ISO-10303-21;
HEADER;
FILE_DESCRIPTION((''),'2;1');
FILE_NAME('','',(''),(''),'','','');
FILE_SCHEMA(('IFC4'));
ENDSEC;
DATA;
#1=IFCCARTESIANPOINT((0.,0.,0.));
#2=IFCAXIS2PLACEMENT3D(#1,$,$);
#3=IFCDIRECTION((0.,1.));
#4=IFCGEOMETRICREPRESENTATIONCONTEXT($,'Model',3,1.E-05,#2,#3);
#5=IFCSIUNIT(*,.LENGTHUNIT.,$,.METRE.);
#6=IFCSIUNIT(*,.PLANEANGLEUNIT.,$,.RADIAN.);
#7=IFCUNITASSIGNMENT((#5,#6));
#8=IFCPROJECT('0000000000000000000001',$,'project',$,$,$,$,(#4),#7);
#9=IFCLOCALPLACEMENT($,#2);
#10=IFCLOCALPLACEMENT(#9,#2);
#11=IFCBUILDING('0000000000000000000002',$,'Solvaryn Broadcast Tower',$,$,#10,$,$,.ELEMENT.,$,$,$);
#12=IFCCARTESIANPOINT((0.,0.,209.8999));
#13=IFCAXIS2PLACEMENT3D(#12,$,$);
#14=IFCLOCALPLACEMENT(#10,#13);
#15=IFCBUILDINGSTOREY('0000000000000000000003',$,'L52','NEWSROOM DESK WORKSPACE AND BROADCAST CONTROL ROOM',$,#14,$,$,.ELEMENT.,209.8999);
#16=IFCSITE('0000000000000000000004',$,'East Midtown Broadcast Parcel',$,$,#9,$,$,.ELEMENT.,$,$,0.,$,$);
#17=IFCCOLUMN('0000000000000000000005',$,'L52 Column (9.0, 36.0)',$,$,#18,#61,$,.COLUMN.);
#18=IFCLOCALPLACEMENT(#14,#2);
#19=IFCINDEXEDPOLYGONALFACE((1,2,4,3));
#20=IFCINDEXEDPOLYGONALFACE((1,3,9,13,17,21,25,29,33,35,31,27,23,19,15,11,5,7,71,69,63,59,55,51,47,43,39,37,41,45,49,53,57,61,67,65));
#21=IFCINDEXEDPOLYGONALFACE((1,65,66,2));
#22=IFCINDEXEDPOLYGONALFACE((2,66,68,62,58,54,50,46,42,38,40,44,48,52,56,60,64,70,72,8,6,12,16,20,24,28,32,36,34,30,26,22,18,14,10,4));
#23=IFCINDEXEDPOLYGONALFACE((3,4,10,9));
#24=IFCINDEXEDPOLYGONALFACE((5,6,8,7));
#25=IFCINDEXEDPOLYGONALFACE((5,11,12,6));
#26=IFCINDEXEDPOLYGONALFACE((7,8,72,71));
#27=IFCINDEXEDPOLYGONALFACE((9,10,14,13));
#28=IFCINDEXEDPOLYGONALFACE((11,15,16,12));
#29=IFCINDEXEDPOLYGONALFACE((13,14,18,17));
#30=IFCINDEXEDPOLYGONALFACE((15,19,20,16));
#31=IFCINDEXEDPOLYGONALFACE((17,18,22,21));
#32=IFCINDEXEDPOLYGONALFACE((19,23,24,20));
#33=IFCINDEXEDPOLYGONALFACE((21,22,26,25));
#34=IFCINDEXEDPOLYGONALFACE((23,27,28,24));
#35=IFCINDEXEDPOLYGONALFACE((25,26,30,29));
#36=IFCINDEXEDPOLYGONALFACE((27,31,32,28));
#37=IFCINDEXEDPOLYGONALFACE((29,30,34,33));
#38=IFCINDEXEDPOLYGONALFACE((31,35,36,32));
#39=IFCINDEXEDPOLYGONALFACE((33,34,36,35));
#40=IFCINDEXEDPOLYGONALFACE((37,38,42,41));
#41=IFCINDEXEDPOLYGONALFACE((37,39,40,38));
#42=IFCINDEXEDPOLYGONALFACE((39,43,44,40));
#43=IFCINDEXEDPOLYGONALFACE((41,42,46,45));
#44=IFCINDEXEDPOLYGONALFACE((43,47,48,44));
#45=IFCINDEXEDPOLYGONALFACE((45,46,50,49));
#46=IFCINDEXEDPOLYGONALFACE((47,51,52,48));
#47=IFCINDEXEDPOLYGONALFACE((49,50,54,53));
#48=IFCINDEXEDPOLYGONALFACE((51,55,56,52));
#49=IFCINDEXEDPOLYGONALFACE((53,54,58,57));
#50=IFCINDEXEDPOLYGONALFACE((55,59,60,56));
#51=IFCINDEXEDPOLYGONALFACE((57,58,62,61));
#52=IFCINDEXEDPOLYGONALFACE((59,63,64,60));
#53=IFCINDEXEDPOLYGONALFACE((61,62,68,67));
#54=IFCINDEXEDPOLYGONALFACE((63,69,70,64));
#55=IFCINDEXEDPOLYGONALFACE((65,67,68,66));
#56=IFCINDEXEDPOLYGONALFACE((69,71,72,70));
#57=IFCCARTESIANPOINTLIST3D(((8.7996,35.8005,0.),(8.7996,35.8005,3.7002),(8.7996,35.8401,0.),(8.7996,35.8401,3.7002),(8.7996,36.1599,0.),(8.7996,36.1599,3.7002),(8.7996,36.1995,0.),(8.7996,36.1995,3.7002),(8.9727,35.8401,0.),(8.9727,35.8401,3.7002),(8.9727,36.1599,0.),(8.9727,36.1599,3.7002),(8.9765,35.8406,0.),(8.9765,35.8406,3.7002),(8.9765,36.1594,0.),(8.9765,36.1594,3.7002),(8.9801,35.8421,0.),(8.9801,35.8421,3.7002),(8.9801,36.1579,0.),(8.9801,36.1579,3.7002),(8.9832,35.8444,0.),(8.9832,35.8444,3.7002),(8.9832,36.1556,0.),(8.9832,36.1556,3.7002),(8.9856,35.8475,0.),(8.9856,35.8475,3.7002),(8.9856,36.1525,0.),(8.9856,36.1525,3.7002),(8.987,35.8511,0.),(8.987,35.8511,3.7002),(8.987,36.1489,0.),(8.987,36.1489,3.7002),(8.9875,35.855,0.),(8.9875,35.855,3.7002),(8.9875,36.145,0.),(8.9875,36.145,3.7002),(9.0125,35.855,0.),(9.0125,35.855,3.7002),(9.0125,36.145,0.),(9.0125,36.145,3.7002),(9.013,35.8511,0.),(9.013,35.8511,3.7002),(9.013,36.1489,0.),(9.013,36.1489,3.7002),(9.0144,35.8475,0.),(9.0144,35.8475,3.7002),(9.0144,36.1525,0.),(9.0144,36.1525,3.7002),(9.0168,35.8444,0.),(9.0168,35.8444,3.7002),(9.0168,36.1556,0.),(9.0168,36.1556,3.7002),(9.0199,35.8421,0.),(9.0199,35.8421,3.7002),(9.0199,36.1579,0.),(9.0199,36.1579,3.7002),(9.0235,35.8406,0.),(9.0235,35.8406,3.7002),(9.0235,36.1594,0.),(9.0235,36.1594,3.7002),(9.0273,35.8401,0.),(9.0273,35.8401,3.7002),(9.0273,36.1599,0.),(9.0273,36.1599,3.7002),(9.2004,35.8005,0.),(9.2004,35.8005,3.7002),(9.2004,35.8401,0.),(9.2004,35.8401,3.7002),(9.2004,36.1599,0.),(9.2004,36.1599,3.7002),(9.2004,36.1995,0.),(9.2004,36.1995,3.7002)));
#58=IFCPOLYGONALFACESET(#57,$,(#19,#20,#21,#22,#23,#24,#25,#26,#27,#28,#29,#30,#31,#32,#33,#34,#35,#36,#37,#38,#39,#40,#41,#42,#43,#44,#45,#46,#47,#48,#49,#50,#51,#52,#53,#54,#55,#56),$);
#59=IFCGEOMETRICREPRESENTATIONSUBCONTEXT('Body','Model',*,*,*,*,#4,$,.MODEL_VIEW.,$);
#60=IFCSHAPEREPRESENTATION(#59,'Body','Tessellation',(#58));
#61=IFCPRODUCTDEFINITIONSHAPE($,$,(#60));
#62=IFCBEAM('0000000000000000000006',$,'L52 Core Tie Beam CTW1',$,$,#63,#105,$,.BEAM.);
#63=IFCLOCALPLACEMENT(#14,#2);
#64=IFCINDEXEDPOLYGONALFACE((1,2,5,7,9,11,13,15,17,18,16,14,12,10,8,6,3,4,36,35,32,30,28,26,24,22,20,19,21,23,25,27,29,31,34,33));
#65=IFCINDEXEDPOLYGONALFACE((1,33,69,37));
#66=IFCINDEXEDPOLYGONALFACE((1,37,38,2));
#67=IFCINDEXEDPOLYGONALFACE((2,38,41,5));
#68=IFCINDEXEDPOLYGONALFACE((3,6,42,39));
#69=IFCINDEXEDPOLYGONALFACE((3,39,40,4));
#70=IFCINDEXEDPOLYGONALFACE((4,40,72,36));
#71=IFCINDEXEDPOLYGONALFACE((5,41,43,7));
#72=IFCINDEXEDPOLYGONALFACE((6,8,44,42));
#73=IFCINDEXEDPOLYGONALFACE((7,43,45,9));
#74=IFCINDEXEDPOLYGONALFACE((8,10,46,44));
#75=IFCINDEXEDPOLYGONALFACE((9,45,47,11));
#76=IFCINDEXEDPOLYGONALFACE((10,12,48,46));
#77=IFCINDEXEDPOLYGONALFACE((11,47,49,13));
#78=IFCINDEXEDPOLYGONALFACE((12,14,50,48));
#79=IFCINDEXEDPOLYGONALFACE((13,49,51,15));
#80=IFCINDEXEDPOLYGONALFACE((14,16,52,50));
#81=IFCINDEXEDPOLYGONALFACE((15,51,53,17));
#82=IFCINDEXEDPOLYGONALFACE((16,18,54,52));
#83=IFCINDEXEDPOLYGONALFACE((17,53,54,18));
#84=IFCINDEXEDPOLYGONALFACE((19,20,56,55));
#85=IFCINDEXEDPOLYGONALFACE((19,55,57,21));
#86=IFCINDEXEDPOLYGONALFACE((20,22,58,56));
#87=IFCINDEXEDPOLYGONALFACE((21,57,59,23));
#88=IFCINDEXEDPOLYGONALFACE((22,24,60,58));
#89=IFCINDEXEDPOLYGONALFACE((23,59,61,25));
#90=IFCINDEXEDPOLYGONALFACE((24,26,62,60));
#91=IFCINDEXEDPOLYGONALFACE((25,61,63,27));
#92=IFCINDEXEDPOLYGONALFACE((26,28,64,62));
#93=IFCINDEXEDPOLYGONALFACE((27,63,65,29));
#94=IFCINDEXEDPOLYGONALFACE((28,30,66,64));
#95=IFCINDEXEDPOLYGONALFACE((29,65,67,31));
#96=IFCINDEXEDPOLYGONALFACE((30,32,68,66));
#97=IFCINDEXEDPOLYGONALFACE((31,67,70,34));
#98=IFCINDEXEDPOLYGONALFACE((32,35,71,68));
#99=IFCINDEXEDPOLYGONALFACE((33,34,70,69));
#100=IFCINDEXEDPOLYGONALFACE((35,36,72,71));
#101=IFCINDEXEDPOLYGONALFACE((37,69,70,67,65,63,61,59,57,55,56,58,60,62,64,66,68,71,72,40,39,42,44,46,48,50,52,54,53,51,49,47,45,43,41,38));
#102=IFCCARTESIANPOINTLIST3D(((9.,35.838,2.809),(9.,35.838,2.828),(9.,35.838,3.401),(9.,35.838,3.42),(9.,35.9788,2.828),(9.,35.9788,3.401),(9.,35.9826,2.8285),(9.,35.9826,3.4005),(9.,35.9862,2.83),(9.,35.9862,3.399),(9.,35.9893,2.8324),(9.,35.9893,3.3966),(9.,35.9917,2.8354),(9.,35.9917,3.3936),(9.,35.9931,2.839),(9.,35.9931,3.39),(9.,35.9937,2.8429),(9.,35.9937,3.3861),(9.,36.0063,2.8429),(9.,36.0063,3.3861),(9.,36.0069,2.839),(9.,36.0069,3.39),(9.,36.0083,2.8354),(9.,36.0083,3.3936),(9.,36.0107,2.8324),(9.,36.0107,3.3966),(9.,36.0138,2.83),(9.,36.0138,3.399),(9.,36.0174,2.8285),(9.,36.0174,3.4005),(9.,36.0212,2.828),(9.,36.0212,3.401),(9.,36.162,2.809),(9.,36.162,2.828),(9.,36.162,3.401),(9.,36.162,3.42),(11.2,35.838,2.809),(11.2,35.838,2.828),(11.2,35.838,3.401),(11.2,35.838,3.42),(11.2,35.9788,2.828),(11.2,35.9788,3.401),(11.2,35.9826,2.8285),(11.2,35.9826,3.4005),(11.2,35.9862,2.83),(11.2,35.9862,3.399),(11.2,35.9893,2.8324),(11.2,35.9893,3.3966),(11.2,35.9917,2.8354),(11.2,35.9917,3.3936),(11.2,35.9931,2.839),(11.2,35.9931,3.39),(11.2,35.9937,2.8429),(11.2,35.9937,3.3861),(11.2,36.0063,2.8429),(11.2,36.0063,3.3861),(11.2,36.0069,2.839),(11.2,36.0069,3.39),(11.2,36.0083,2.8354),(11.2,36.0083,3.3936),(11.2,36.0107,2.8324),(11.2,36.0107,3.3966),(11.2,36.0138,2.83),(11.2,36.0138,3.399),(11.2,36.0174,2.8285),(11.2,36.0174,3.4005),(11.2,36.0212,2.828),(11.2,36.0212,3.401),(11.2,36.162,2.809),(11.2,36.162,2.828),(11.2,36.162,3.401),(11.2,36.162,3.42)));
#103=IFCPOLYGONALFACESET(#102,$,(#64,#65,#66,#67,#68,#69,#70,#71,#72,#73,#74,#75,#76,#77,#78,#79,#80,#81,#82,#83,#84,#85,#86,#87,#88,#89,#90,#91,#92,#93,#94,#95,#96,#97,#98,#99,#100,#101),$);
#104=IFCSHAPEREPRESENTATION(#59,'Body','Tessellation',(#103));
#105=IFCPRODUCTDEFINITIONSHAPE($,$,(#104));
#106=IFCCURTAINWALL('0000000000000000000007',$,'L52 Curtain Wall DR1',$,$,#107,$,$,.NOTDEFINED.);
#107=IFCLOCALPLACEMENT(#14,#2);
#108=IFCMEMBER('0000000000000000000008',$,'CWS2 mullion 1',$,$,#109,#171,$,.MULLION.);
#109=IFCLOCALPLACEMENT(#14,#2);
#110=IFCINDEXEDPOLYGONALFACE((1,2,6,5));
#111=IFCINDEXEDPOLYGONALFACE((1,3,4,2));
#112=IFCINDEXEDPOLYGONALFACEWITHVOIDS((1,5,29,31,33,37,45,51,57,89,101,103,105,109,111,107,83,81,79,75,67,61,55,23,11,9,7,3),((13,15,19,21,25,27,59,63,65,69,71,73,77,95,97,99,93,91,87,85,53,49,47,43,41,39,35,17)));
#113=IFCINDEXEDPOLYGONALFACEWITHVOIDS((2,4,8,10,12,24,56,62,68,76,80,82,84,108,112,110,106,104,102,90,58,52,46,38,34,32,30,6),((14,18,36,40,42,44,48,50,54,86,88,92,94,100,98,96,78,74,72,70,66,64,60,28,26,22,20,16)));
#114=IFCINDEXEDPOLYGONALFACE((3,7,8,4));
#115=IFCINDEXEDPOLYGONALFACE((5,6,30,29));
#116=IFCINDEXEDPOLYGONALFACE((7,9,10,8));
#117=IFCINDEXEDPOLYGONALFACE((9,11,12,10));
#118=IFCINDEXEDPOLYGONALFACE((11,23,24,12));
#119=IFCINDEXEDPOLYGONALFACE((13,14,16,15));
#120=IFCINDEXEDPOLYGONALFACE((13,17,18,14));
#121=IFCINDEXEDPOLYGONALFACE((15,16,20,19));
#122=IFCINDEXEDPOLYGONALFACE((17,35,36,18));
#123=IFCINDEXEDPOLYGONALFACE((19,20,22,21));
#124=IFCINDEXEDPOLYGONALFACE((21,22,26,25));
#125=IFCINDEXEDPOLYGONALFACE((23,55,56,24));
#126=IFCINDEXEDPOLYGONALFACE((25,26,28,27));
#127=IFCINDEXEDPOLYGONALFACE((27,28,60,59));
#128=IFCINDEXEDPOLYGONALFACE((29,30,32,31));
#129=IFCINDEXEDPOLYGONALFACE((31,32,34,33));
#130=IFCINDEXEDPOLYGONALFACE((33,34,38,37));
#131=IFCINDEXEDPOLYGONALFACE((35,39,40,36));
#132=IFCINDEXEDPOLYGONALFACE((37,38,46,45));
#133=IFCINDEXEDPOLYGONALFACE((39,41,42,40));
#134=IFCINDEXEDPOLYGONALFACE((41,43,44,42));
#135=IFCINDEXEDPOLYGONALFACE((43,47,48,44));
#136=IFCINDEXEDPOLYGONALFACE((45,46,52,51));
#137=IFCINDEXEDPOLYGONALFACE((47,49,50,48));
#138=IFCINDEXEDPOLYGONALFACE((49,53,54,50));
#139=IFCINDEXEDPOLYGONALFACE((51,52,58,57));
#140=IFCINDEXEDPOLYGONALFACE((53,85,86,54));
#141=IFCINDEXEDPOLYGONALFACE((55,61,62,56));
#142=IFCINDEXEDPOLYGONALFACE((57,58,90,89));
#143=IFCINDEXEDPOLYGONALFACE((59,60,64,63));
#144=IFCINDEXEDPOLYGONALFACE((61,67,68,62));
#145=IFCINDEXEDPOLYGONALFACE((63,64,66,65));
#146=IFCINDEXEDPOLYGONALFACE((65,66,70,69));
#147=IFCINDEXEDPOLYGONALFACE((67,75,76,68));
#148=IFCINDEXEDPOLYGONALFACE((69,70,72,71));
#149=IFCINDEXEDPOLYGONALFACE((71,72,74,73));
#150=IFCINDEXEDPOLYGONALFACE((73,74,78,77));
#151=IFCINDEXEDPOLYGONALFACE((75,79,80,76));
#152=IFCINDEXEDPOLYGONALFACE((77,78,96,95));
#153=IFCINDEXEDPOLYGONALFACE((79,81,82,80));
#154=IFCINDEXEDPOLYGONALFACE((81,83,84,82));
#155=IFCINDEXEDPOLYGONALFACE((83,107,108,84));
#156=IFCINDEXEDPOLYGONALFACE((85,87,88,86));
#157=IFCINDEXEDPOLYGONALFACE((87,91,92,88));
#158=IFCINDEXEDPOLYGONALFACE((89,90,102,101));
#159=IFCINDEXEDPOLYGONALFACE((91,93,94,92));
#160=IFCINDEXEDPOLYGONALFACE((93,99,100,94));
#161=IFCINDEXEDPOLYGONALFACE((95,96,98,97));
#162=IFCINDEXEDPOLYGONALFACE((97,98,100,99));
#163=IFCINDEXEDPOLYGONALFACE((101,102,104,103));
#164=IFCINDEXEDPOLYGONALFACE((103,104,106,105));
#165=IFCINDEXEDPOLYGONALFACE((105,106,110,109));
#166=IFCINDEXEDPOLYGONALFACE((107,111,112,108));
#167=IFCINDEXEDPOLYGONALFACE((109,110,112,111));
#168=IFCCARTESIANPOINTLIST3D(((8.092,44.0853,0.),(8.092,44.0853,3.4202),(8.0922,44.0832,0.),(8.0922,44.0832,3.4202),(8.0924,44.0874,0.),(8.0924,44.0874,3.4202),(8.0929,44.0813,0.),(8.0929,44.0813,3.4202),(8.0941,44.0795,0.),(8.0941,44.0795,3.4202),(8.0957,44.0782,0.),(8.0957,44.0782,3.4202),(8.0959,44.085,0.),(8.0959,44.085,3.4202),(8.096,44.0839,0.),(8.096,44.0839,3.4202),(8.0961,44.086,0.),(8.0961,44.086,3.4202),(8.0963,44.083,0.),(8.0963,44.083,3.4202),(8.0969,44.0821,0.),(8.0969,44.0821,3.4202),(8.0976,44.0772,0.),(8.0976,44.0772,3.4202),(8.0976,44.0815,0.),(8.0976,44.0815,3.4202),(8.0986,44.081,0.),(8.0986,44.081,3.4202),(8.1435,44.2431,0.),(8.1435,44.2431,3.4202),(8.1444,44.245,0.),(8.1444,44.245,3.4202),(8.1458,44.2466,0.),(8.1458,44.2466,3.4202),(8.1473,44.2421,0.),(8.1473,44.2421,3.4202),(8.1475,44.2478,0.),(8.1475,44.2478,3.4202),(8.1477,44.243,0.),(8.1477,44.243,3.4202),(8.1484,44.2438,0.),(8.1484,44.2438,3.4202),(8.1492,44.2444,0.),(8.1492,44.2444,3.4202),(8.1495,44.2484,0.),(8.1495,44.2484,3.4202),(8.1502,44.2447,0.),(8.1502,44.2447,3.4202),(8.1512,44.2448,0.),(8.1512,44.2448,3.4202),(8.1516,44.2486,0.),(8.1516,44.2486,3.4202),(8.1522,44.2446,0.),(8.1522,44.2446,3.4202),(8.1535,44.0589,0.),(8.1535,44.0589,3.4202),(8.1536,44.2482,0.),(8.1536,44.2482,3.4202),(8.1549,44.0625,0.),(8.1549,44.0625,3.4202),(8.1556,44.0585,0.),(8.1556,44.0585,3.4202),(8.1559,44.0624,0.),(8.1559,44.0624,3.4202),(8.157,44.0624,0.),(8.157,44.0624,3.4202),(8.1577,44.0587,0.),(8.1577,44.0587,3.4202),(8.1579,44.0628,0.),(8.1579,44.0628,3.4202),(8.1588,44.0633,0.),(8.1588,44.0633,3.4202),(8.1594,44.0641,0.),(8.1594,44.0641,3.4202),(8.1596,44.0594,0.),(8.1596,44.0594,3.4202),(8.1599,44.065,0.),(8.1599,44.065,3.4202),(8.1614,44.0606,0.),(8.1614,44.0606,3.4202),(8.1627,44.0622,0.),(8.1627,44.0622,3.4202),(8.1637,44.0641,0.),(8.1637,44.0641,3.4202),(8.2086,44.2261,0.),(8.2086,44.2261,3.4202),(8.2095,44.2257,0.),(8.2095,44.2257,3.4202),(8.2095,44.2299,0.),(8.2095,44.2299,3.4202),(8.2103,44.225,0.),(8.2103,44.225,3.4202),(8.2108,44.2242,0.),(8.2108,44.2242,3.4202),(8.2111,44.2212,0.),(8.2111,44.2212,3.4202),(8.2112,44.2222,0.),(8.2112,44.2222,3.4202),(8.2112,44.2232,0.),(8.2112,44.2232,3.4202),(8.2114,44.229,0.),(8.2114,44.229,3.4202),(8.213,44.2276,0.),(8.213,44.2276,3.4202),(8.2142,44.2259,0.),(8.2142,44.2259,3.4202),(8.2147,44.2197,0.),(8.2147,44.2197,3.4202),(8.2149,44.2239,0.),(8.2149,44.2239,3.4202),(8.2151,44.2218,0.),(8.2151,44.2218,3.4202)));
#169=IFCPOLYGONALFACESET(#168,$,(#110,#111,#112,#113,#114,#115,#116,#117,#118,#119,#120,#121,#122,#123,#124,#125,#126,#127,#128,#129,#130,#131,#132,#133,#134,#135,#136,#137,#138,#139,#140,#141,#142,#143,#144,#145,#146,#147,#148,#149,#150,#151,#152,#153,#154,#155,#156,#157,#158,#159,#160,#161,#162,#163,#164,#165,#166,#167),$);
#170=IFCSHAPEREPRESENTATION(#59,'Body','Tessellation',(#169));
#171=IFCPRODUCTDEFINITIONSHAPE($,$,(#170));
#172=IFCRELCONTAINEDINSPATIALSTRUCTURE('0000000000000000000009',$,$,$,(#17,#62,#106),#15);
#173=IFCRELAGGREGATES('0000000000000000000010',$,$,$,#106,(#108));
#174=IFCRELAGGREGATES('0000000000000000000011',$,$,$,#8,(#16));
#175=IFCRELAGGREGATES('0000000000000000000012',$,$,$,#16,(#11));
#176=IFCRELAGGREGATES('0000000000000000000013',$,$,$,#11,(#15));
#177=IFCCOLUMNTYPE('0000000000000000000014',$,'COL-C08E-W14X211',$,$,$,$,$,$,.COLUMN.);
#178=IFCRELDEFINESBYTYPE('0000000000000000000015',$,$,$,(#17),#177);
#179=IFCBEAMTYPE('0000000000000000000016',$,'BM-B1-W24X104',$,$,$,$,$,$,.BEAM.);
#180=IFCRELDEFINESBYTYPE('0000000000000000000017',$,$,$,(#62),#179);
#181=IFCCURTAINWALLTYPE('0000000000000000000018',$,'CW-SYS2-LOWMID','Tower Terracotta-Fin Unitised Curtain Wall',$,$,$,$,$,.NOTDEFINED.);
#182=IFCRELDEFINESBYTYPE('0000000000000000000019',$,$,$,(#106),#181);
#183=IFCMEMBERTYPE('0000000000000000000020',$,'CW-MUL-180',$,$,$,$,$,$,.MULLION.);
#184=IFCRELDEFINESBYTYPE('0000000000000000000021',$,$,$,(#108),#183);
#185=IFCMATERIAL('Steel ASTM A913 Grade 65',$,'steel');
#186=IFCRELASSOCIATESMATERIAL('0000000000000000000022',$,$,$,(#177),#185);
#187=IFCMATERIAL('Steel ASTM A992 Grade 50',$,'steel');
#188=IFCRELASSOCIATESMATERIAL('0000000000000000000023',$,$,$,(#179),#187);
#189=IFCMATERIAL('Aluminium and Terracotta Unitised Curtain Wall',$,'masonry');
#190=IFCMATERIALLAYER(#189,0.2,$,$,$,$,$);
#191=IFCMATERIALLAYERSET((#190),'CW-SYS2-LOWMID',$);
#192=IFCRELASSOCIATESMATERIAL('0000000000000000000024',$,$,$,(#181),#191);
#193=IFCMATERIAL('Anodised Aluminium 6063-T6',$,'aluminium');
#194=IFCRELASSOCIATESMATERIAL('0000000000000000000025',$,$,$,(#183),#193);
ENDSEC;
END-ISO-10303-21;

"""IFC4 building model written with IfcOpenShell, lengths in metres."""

from ifc_helpers import new_model, si_unit, direction, frame, origin, origin_2d, place, context, subcontext, project, spatial, hollow_rectangle, i_section, extrude, material, layer, layer_set, material_profile, profile_set, type_object, element, aggregate, save


model = new_model("IFC4")

# Units and contexts
model_context = context("Model", 3, precision=1e-05, world=origin(), true_north=direction((0.0, 1.0)))
body_context = subcontext(model_context, "Body", "Model", "MODEL_VIEW")
ifc_project = project(units=[si_unit("LENGTHUNIT", "METRE"), si_unit("PLANEANGLEUNIT", "RADIAN")], contexts=[model_context])

# Site, building, storey
site_placement = place(None, origin())
site = spatial("IfcSite", under=ifc_project, at=site_placement, Name="East Midtown Broadcast Parcel", CompositionType="ELEMENT", RefElevation=0.0)
building_placement = place(site_placement, origin())
building = spatial("IfcBuilding", under=site, at=building_placement, Name="Solvaryn Broadcast Tower", CompositionType="ELEMENT")
storey_placement = place(building_placement, frame((0.0, 0.0, 209.8999)))
storey = spatial("IfcBuildingStorey", under=building, at=storey_placement, Name="L52", Description="NEWSROOM DESK WORKSPACE AND BROADCAST CONTROL ROOM", CompositionType="ELEMENT", Elevation=209.8999)

# Column
ifc_material_1 = material(Name="Steel ASTM A913 Grade 65", Category="steel")
ifc_material_profile_1 = material_profile(ifc_material_1, i_section(OverallWidth=0.4009, OverallDepth=0.3989, WebThickness=0.0249, FlangeThickness=0.0396, FilletRadius=0.0149, at=origin_2d()))
ifc_profile_set_1 = profile_set([ifc_material_profile_1], Name="Steel ASTM A913 Grade 65")
column_type = type_object("IfcColumnType", Name="COL-C08E-W14X211", PredefinedType="COLUMN", material=ifc_profile_set_1)
column_placement = place(storey_placement, frame((9.0, 36.0, 0.0), z_axis=(0.0, 0.0, 1.0), x_axis=(1.0, 0.0, 0.0)))
element("IfcColumn", 1, at=column_placement, inside=storey, type_object=column_type, Name="L52 Column (9.0, 36.0)", PredefinedType="COLUMN", context=body_context, shape_type="SweptSolid", body=[
    extrude(i_section(OverallWidth=0.4009, OverallDepth=0.3989, WebThickness=0.0249, FlangeThickness=0.0396, FilletRadius=0.0149, at=origin_2d()), origin(), (0.0, 0.0, 1.0), 3.7002),
])

# Beam
ifc_material_2 = material(Name="Steel ASTM A992 Grade 50", Category="steel")
ifc_material_profile_2 = material_profile(ifc_material_2, i_section(OverallWidth=0.324, OverallDepth=0.6111, WebThickness=0.0127, FlangeThickness=0.019, FilletRadius=0.0149, at=origin_2d()))
ifc_profile_set_2 = profile_set([ifc_material_profile_2], Name="Steel ASTM A992 Grade 50")
beam_type = type_object("IfcBeamType", Name="BM-B1-W24X104", PredefinedType="BEAM", material=ifc_profile_set_2)
beam_placement = place(storey_placement, frame((9.0, 36.0, 3.1145), z_axis=(1.0, 0.0, 0.0), x_axis=(0.0, 1.0, 0.0)))
element("IfcBeam", 2, at=beam_placement, inside=storey, type_object=beam_type, Name="L52 Core Tie Beam CTW1", PredefinedType="BEAM", context=body_context, shape_type="SweptSolid", body=[
    extrude(i_section(OverallWidth=0.324, OverallDepth=0.6111, WebThickness=0.0127, FlangeThickness=0.019, FilletRadius=0.0149, at=origin_2d()), origin(), (0.0, 0.0, 1.0), 2.2),
])

# Curtain wall, member
ifc_material_3 = material(Name="Aluminium and Terracotta Unitised Curtain Wall", Category="masonry")
ifc_layer_1 = layer(ifc_material_3, 0.2)
ifc_layer_set_1 = layer_set([ifc_layer_1], Name="CW-SYS2-LOWMID")
curtain_wall_type = type_object("IfcCurtainWallType", Name="CW-SYS2-LOWMID", Description="Tower Terracotta-Fin Unitised Curtain Wall", PredefinedType="NOTDEFINED", material=ifc_layer_set_1)
curtain_wall_1_placement = place(storey_placement, origin())
curtain_wall_1 = element("IfcCurtainWall", 3, at=curtain_wall_1_placement, inside=storey, type_object=curtain_wall_type, Name="L52 Curtain Wall DR1", PredefinedType="NOTDEFINED")
ifc_material_4 = material(Name="Anodised Aluminium 6063-T6", Category="aluminium")
ifc_material_profile_3 = material_profile(ifc_material_4, hollow_rectangle(XDim=0.075, YDim=0.1799, WallThickness=0.0039, InnerFilletRadius=0.0039, OuterFilletRadius=0.0081, at=origin_2d()))
ifc_profile_set_3 = profile_set([ifc_material_profile_3], Name="Anodised Aluminium 6063-T6")
member_type_1 = type_object("IfcMemberType", Name="CW-MUL-180", PredefinedType="MULLION", material=ifc_profile_set_3)
member_1_placement = place(storey_placement, frame((8.1536, 44.1536, 0.0), z_axis=(0.0, 0.0, 1.0), x_axis=(0.950227, -0.311559, 0.0)))
member_1 = element("IfcMember", 4, at=member_1_placement, type_object=member_type_1, Name="CWS2 mullion 1", PredefinedType="MULLION", context=body_context, shape_type="SweptSolid", body=[
    extrude(hollow_rectangle(XDim=0.075, YDim=0.1799, WallThickness=0.0039, InnerFilletRadius=0.0039, OuterFilletRadius=0.0081, at=origin_2d()), origin(), (0.0, 0.0, 1.0), 3.4202),
])

aggregate(curtain_wall_1, [member_1])

save(model, "model.ifc")
